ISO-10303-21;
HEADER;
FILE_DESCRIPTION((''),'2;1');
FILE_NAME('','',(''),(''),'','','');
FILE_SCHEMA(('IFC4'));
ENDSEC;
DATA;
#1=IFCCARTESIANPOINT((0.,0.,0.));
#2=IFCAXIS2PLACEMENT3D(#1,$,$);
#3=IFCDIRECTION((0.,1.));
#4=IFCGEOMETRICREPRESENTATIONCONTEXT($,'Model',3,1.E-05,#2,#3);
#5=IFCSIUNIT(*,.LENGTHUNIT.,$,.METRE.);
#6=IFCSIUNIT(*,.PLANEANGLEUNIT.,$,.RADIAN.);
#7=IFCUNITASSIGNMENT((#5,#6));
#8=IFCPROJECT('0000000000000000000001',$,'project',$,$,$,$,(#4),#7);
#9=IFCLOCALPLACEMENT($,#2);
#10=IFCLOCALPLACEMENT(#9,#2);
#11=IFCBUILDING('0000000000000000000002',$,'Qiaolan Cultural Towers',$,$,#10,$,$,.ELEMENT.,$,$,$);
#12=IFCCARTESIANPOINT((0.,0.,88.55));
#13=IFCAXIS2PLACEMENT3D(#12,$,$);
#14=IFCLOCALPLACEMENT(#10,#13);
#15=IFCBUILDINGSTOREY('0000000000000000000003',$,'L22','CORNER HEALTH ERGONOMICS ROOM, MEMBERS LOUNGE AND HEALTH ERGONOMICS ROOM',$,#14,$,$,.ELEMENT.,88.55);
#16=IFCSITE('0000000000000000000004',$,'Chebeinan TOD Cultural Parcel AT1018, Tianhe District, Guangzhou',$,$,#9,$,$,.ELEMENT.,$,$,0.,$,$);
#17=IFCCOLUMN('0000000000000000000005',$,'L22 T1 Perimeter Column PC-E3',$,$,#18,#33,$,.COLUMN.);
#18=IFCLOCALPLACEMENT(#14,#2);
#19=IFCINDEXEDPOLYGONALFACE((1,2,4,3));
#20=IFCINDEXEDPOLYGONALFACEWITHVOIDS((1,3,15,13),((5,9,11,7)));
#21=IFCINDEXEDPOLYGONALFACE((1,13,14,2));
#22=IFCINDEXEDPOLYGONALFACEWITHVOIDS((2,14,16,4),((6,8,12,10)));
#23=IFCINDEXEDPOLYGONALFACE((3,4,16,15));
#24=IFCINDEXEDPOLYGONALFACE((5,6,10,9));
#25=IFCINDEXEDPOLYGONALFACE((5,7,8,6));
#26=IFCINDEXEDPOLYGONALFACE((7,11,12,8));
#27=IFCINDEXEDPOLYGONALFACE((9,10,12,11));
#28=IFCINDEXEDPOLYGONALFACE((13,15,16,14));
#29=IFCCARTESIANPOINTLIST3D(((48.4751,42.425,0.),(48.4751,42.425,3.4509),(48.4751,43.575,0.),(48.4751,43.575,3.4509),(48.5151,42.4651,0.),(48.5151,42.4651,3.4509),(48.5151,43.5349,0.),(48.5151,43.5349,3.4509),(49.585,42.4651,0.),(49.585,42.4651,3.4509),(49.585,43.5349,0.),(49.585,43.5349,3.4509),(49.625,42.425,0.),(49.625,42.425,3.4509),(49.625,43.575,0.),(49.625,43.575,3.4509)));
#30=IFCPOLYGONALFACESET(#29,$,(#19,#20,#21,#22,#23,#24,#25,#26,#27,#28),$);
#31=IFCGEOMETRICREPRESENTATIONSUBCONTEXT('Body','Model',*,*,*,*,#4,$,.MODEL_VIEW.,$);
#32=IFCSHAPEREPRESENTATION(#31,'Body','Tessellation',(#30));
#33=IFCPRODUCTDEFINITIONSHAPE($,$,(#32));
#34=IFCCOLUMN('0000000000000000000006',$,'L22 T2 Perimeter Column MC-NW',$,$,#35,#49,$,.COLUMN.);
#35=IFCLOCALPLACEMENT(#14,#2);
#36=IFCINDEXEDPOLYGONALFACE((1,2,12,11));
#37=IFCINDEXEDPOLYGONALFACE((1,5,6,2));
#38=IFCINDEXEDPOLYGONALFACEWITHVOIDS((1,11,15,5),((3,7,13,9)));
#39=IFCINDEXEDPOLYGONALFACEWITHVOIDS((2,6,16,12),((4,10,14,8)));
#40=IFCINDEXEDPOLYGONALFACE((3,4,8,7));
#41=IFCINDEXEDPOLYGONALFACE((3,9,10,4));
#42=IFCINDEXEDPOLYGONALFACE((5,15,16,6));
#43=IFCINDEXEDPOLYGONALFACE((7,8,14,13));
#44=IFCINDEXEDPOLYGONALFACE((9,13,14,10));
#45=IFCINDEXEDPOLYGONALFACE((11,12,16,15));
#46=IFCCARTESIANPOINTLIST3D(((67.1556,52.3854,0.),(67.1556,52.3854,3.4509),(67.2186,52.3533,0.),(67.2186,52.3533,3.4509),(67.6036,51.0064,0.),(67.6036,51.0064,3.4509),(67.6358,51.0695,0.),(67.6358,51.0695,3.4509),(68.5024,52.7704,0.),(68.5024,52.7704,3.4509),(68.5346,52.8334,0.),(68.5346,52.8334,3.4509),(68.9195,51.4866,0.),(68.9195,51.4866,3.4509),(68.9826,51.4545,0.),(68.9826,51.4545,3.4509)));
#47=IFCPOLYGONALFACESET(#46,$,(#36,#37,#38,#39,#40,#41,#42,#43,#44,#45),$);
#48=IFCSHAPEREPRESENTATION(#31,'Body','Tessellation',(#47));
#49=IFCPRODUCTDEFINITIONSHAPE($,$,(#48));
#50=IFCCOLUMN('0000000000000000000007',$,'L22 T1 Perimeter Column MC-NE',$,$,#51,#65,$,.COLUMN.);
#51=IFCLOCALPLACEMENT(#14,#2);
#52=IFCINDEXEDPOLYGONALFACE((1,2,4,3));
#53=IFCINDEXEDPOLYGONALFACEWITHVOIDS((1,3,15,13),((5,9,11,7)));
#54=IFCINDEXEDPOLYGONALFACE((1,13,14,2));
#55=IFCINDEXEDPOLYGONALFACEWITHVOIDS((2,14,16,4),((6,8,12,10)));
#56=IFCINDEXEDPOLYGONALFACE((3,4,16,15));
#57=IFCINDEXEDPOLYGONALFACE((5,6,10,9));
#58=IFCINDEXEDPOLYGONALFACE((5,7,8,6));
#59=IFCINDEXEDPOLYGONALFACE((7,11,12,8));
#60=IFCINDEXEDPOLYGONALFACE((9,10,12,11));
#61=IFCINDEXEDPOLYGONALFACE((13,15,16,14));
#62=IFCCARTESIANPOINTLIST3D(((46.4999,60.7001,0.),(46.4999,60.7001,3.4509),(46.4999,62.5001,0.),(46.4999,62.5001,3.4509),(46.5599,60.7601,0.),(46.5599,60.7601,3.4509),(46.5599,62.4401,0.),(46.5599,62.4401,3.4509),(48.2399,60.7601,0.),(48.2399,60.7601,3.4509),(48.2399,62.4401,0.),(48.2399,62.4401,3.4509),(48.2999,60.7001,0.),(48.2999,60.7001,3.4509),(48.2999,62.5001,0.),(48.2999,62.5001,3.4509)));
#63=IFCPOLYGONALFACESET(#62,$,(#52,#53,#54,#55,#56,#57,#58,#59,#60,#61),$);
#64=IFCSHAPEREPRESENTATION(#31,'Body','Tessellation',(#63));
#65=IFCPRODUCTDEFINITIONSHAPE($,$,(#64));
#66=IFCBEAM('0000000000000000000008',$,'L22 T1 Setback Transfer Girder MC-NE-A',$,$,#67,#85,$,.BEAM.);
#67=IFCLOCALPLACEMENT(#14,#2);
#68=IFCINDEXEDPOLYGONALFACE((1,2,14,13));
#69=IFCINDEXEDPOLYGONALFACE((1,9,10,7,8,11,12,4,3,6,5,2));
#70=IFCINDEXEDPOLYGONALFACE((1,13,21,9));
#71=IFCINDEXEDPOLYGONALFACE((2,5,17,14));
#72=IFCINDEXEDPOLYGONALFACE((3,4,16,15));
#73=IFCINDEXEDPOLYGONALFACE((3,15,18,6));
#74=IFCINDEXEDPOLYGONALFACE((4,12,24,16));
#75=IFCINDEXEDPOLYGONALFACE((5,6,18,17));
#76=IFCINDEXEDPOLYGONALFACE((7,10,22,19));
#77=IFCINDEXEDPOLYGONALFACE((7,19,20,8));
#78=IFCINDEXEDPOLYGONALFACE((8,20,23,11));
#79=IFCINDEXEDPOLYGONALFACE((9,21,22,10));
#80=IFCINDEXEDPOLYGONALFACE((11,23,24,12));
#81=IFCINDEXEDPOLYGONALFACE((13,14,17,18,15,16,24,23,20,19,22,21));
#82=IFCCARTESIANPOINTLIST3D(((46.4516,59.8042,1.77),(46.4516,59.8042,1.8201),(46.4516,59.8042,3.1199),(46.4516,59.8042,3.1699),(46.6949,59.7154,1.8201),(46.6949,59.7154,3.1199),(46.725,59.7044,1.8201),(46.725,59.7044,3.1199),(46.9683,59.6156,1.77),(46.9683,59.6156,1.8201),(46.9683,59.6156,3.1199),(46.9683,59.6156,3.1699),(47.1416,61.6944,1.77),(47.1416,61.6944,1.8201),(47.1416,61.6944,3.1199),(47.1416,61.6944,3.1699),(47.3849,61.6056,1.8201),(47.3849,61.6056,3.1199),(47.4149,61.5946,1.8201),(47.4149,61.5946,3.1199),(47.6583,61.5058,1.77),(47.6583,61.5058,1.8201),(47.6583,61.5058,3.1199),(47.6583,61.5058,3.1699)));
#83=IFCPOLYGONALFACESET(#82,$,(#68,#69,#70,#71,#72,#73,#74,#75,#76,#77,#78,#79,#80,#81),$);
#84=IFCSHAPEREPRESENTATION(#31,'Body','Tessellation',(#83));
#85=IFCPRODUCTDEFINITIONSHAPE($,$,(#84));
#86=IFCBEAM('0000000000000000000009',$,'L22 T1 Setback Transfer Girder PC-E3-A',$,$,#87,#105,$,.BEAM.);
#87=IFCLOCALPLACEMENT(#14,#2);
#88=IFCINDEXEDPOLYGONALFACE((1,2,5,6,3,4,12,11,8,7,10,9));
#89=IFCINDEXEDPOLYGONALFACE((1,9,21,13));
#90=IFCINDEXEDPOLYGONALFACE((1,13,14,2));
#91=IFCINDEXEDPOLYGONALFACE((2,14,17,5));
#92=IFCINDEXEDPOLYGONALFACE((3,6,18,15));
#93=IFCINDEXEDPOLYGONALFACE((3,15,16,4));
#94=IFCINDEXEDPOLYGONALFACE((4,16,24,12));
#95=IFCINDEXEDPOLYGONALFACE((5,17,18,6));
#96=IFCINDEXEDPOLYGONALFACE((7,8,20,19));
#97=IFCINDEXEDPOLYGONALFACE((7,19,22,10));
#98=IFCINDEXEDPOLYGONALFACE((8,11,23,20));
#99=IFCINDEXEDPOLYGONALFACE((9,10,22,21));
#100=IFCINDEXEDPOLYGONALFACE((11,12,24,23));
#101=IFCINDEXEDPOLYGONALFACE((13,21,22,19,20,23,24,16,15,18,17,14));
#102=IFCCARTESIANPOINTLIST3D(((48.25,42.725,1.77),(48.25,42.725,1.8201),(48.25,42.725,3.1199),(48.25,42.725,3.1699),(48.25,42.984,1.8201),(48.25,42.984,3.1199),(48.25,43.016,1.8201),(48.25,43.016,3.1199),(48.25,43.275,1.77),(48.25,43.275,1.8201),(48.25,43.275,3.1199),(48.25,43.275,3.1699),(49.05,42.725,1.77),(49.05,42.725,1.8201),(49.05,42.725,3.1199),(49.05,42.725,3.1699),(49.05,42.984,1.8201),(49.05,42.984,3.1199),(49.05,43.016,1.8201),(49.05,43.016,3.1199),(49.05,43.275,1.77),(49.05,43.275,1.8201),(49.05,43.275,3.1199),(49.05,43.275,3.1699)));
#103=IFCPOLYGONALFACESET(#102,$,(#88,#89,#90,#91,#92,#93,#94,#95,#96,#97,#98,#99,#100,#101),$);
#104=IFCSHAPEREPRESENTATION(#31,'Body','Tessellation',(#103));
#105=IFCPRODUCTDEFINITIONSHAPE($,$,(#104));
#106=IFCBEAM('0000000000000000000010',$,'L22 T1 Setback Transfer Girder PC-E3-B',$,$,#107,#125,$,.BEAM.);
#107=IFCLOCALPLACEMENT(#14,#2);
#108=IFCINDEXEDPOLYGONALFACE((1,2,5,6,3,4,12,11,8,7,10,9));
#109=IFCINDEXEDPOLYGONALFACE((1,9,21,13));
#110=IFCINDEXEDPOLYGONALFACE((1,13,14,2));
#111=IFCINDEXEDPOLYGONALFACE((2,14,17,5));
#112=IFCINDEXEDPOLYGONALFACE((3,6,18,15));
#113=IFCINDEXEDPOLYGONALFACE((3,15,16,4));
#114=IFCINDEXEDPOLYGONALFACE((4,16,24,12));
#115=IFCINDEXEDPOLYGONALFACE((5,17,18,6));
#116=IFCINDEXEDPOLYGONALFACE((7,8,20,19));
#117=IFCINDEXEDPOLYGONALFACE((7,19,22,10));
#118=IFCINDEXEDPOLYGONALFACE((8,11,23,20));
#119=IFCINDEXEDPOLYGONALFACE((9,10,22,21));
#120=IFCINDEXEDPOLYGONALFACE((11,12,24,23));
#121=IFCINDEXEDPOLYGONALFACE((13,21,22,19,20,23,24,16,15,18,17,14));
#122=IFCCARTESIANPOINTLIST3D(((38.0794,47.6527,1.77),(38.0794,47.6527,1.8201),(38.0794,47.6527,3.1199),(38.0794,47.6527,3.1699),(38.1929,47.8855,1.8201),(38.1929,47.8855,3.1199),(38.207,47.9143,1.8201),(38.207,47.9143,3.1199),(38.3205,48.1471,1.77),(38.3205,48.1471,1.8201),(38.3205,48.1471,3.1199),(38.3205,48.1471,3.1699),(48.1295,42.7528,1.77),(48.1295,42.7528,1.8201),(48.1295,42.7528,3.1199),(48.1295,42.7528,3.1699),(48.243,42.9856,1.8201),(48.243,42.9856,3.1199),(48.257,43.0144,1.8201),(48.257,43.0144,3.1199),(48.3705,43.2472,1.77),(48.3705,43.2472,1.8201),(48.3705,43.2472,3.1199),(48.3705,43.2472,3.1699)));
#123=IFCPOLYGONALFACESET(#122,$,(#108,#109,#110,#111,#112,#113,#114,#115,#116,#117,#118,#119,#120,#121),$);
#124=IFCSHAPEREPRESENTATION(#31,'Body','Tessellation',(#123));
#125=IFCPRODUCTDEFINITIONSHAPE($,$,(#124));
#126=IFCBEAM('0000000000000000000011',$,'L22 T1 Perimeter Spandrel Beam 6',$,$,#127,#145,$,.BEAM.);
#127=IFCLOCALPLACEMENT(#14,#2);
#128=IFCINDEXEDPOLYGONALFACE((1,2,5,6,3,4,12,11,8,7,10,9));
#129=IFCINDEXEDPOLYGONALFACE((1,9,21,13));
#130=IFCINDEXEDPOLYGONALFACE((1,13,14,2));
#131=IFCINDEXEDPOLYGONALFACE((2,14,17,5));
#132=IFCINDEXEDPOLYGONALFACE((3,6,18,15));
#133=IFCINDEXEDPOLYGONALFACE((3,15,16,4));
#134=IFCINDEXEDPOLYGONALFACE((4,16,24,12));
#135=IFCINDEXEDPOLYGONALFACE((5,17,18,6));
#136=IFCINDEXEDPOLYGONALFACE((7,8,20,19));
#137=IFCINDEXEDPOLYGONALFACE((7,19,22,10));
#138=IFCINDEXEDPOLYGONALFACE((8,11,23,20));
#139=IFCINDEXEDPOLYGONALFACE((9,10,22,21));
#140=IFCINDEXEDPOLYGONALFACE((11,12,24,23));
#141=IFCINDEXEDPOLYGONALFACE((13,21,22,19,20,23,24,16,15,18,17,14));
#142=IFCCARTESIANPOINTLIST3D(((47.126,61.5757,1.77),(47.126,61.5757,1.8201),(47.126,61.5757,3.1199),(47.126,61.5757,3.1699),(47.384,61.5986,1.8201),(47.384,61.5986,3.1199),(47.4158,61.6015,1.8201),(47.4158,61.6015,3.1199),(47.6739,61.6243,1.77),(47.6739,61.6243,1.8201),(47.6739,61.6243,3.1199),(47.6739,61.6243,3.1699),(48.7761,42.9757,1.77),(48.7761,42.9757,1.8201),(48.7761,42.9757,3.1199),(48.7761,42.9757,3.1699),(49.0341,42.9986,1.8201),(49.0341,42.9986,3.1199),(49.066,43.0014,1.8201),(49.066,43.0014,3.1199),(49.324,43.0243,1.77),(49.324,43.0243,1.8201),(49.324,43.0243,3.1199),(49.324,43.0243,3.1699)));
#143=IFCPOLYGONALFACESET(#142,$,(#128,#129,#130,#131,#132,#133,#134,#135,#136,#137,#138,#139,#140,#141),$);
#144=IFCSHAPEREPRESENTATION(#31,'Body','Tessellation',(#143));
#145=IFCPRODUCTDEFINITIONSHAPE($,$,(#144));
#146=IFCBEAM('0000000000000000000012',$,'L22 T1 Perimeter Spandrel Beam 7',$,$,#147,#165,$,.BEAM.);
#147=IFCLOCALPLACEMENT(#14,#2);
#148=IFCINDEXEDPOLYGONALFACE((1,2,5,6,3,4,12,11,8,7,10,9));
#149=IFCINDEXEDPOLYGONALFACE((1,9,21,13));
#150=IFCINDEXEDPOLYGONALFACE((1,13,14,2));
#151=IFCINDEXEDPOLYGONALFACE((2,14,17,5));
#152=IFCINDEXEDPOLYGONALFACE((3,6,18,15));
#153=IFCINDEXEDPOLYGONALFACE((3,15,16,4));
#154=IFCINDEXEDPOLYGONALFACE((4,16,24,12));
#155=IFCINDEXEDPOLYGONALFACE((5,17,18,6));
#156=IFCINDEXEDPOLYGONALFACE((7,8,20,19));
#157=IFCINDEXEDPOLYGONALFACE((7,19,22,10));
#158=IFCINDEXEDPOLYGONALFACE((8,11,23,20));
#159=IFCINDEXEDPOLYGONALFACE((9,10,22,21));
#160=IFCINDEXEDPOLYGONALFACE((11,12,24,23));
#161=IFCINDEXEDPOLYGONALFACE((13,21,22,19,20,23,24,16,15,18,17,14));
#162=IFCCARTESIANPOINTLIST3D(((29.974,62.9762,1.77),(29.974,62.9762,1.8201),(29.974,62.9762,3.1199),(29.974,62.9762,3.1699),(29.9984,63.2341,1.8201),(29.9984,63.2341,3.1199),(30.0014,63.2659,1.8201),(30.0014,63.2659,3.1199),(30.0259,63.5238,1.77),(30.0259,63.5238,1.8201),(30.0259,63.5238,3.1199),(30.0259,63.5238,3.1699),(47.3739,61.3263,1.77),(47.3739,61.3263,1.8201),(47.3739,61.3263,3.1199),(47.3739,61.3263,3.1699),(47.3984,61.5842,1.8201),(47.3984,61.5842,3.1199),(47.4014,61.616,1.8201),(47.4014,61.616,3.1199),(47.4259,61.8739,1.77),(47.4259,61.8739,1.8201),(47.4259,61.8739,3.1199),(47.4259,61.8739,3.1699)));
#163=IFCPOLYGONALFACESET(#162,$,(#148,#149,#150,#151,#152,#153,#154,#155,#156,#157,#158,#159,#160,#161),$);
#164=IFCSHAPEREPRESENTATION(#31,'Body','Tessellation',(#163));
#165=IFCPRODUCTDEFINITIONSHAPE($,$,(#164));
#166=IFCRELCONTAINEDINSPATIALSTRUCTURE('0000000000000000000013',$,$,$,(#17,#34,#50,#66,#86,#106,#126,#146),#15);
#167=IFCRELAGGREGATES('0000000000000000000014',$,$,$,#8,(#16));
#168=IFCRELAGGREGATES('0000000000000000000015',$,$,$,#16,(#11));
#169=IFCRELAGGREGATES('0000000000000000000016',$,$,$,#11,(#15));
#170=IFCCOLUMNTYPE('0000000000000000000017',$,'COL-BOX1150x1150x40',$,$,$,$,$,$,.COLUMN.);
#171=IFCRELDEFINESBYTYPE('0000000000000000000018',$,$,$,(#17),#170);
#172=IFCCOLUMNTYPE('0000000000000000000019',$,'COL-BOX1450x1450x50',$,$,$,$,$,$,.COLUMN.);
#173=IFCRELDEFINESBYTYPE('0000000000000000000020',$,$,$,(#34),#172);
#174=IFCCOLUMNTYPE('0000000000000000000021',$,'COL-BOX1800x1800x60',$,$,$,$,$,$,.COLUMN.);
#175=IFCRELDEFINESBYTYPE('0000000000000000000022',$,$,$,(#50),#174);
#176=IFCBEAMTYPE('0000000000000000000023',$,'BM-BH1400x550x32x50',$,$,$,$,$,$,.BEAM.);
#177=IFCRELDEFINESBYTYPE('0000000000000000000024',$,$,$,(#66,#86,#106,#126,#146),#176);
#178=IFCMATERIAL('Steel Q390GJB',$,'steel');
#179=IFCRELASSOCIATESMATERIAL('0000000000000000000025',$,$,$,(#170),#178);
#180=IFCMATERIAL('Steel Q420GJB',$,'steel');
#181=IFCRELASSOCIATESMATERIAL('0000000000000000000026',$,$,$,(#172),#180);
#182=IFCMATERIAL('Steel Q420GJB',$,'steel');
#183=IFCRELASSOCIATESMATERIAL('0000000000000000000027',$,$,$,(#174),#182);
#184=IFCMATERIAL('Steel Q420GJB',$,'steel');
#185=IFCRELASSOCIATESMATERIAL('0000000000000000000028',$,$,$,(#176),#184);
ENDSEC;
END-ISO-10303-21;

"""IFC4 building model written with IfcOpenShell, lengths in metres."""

from ifc_helpers import new_model, si_unit, direction, frame, origin, origin_2d, place, context, subcontext, project, spatial, hollow_rectangle, i_section, extrude, material, material_profile, profile_set, type_object, element, save


model = new_model("IFC4")

# Units and contexts
model_context = context("Model", 3, precision=1e-05, world=origin(), true_north=direction((0.0, 1.0)))
body_context = subcontext(model_context, "Body", "Model", "MODEL_VIEW")
ifc_project = project(units=[si_unit("LENGTHUNIT", "METRE"), si_unit("PLANEANGLEUNIT", "RADIAN")], contexts=[model_context])

# Site, building, storey
site_placement = place(None, origin())
site = spatial("IfcSite", under=ifc_project, at=site_placement, Name="Chebeinan TOD Cultural Parcel AT1018, Tianhe District, Guangzhou", CompositionType="ELEMENT", RefElevation=0.0)
building_placement = place(site_placement, origin())
building = spatial("IfcBuilding", under=site, at=building_placement, Name="Qiaolan Cultural Towers", CompositionType="ELEMENT")
storey_placement = place(building_placement, frame((0.0, 0.0, 88.55)))
storey = spatial("IfcBuildingStorey", under=building, at=storey_placement, Name="L22", Description="CORNER HEALTH ERGONOMICS ROOM, MEMBERS LOUNGE AND HEALTH ERGONOMICS ROOM", CompositionType="ELEMENT", Elevation=88.55)

# Columns
ifc_material_1 = material(Name="Steel Q390GJB", Category="steel")
ifc_material_profile_1 = material_profile(ifc_material_1, hollow_rectangle(XDim=1.1499, YDim=1.1499, WallThickness=0.04, at=origin_2d()), Name="BOX1150x1150x40")
ifc_profile_set_1 = profile_set([ifc_material_profile_1], Name="Steel Q390GJB")
column_type_1 = type_object("IfcColumnType", Name="COL-BOX1150x1150x40", PredefinedType="COLUMN", material=ifc_profile_set_1)
column_1_placement = place(storey_placement, frame((49.05, 43.0, 0.0), z_axis=(0.0, 0.0, 1.0), x_axis=(1.0, 0.0, 0.0)))
element("IfcColumn", 1, at=column_1_placement, inside=storey, type_object=column_type_1, Name="L22 T1 Perimeter Column PC-E3", PredefinedType="COLUMN", context=body_context, shape_type="SweptSolid", body=[
    extrude(hollow_rectangle(XDim=1.1499, YDim=1.1499, WallThickness=0.04, at=origin_2d()), origin(), (0.0, 0.0, 1.0), 3.4509),
])
ifc_material_2 = material(Name="Steel Q420GJB", Category="steel")
ifc_material_profile_2 = material_profile(ifc_material_2, hollow_rectangle(XDim=1.45, YDim=1.45, WallThickness=0.05, at=origin_2d()), Name="BOX1450x1450x50")
ifc_profile_set_2 = profile_set([ifc_material_profile_2], Name="Steel Q420GJB")
column_type_2 = type_object("IfcColumnType", Name="COL-BOX1450x1450x50", PredefinedType="COLUMN", material=ifc_profile_set_2)
column_2_placement = place(storey_placement, frame((68.0691, 51.9199, 0.0), z_axis=(0.0, 0.0, 1.0), x_axis=(0.951057, 0.309017, 0.0)))
element("IfcColumn", 2, at=column_2_placement, inside=storey, type_object=column_type_2, Name="L22 T2 Perimeter Column MC-NW", PredefinedType="COLUMN", context=body_context, shape_type="SweptSolid", body=[
    extrude(hollow_rectangle(XDim=1.45, YDim=1.45, WallThickness=0.05, at=origin_2d()), origin(), (0.0, 0.0, 1.0), 3.4509),
])
ifc_material_3 = material(Name="Steel Q420GJB", Category="steel")
ifc_material_profile_3 = material_profile(ifc_material_3, hollow_rectangle(XDim=1.8, YDim=1.8, WallThickness=0.0601, at=origin_2d()), Name="BOX1800x1800x60")
ifc_profile_set_3 = profile_set([ifc_material_profile_3], Name="Steel Q420GJB")
column_type_3 = type_object("IfcColumnType", Name="COL-BOX1800x1800x60", PredefinedType="COLUMN", material=ifc_profile_set_3)
column_3_placement = place(storey_placement, frame((47.3999, 61.6001, 0.0), z_axis=(0.0, 0.0, 1.0), x_axis=(1.0, 0.0, 0.0)))
element("IfcColumn", 3, at=column_3_placement, inside=storey, type_object=column_type_3, Name="L22 T1 Perimeter Column MC-NE", PredefinedType="COLUMN", context=body_context, shape_type="SweptSolid", body=[
    extrude(hollow_rectangle(XDim=1.8, YDim=1.8, WallThickness=0.0601, at=origin_2d()), origin(), (0.0, 0.0, 1.0), 3.4509),
])

# Beams
ifc_material_4 = material(Name="Steel Q420GJB", Category="steel")
ifc_material_profile_4 = material_profile(ifc_material_4, i_section(OverallWidth=0.55, OverallDepth=1.3999, WebThickness=0.032, FlangeThickness=0.05, at=origin_2d()), Name="BH1400x550x32x50")
ifc_profile_set_4 = profile_set([ifc_material_profile_4], Name="Steel Q420GJB")
beam_type_1 = type_object("IfcBeamType", Name="BM-BH1400x550x32x50", PredefinedType="BEAM", material=ifc_profile_set_4)
beam_1_placement = place(storey_placement, frame((47.3999, 61.6001, 2.47), z_axis=(-0.342892, -0.939375, 0.0), x_axis=(0.939375, -0.342892, 0.0)))
element("IfcBeam", 4, at=beam_1_placement, inside=storey, type_object=beam_type_1, Name="L22 T1 Setback Transfer Girder MC-NE-A", PredefinedType="BEAM", context=body_context, shape_type="SweptSolid", body=[
    extrude(i_section(OverallWidth=0.55, OverallDepth=1.3999, WebThickness=0.032, FlangeThickness=0.05, at=origin_2d()), origin(), (0.0, 0.0, 1.0), 2.0122),
])
beam_2_placement = place(storey_placement, frame((49.05, 43.0, 2.47), z_axis=(-1.0, 0.0, 0.0), x_axis=(0.0, -1.0, 0.0)))
element("IfcBeam", 5, at=beam_2_placement, inside=storey, type_object=beam_type_1, Name="L22 T1 Setback Transfer Girder PC-E3-A", PredefinedType="BEAM", context=body_context, shape_type="SweptSolid", body=[
    extrude(i_section(OverallWidth=0.55, OverallDepth=1.3999, WebThickness=0.032, FlangeThickness=0.05, at=origin_2d()), origin(), (0.0, 0.0, 1.0), 0.8),
])
beam_3_placement = place(storey_placement, frame((48.25, 43.0, 2.47), z_axis=(-0.898859, 0.438239, 0.0), x_axis=(-0.438239, -0.898859, 0.0)))
element("IfcBeam", 6, at=beam_3_placement, inside=storey, type_object=beam_type_1, Name="L22 T1 Setback Transfer Girder PC-E3-B", PredefinedType="BEAM", context=body_context, shape_type="SweptSolid", body=[
    extrude(i_section(OverallWidth=0.55, OverallDepth=1.3999, WebThickness=0.032, FlangeThickness=0.05, at=origin_2d()), origin(), (0.0, 0.0, 1.0), 11.1809),
])
beam_4_placement = place(storey_placement, frame((49.05, 43.0, 2.47), z_axis=(-0.08837, 0.996088, 0.0), x_axis=(-0.996088, -0.08837, 0.0)))
element("IfcBeam", 7, at=beam_4_placement, inside=storey, type_object=beam_type_1, Name="L22 T1 Perimeter Spandrel Beam 6", PredefinedType="BEAM", context=body_context, shape_type="SweptSolid", body=[
    extrude(i_section(OverallWidth=0.55, OverallDepth=1.3999, WebThickness=0.032, FlangeThickness=0.05, at=origin_2d()), origin(), (0.0, 0.0, 1.0), 18.6731),
])
beam_5_placement = place(storey_placement, frame((47.3999, 61.6001, 2.47), z_axis=(-0.995534, 0.094399, 0.0), x_axis=(-0.094399, -0.995534, 0.0)))
element("IfcBeam", 8, at=beam_5_placement, inside=storey, type_object=beam_type_1, Name="L22 T1 Perimeter Spandrel Beam 7", PredefinedType="BEAM", context=body_context, shape_type="SweptSolid", body=[
    extrude(i_section(OverallWidth=0.55, OverallDepth=1.3999, WebThickness=0.032, FlangeThickness=0.05, at=origin_2d()), origin(), (0.0, 0.0, 1.0), 17.478),
])

save(model, "model.ifc")
